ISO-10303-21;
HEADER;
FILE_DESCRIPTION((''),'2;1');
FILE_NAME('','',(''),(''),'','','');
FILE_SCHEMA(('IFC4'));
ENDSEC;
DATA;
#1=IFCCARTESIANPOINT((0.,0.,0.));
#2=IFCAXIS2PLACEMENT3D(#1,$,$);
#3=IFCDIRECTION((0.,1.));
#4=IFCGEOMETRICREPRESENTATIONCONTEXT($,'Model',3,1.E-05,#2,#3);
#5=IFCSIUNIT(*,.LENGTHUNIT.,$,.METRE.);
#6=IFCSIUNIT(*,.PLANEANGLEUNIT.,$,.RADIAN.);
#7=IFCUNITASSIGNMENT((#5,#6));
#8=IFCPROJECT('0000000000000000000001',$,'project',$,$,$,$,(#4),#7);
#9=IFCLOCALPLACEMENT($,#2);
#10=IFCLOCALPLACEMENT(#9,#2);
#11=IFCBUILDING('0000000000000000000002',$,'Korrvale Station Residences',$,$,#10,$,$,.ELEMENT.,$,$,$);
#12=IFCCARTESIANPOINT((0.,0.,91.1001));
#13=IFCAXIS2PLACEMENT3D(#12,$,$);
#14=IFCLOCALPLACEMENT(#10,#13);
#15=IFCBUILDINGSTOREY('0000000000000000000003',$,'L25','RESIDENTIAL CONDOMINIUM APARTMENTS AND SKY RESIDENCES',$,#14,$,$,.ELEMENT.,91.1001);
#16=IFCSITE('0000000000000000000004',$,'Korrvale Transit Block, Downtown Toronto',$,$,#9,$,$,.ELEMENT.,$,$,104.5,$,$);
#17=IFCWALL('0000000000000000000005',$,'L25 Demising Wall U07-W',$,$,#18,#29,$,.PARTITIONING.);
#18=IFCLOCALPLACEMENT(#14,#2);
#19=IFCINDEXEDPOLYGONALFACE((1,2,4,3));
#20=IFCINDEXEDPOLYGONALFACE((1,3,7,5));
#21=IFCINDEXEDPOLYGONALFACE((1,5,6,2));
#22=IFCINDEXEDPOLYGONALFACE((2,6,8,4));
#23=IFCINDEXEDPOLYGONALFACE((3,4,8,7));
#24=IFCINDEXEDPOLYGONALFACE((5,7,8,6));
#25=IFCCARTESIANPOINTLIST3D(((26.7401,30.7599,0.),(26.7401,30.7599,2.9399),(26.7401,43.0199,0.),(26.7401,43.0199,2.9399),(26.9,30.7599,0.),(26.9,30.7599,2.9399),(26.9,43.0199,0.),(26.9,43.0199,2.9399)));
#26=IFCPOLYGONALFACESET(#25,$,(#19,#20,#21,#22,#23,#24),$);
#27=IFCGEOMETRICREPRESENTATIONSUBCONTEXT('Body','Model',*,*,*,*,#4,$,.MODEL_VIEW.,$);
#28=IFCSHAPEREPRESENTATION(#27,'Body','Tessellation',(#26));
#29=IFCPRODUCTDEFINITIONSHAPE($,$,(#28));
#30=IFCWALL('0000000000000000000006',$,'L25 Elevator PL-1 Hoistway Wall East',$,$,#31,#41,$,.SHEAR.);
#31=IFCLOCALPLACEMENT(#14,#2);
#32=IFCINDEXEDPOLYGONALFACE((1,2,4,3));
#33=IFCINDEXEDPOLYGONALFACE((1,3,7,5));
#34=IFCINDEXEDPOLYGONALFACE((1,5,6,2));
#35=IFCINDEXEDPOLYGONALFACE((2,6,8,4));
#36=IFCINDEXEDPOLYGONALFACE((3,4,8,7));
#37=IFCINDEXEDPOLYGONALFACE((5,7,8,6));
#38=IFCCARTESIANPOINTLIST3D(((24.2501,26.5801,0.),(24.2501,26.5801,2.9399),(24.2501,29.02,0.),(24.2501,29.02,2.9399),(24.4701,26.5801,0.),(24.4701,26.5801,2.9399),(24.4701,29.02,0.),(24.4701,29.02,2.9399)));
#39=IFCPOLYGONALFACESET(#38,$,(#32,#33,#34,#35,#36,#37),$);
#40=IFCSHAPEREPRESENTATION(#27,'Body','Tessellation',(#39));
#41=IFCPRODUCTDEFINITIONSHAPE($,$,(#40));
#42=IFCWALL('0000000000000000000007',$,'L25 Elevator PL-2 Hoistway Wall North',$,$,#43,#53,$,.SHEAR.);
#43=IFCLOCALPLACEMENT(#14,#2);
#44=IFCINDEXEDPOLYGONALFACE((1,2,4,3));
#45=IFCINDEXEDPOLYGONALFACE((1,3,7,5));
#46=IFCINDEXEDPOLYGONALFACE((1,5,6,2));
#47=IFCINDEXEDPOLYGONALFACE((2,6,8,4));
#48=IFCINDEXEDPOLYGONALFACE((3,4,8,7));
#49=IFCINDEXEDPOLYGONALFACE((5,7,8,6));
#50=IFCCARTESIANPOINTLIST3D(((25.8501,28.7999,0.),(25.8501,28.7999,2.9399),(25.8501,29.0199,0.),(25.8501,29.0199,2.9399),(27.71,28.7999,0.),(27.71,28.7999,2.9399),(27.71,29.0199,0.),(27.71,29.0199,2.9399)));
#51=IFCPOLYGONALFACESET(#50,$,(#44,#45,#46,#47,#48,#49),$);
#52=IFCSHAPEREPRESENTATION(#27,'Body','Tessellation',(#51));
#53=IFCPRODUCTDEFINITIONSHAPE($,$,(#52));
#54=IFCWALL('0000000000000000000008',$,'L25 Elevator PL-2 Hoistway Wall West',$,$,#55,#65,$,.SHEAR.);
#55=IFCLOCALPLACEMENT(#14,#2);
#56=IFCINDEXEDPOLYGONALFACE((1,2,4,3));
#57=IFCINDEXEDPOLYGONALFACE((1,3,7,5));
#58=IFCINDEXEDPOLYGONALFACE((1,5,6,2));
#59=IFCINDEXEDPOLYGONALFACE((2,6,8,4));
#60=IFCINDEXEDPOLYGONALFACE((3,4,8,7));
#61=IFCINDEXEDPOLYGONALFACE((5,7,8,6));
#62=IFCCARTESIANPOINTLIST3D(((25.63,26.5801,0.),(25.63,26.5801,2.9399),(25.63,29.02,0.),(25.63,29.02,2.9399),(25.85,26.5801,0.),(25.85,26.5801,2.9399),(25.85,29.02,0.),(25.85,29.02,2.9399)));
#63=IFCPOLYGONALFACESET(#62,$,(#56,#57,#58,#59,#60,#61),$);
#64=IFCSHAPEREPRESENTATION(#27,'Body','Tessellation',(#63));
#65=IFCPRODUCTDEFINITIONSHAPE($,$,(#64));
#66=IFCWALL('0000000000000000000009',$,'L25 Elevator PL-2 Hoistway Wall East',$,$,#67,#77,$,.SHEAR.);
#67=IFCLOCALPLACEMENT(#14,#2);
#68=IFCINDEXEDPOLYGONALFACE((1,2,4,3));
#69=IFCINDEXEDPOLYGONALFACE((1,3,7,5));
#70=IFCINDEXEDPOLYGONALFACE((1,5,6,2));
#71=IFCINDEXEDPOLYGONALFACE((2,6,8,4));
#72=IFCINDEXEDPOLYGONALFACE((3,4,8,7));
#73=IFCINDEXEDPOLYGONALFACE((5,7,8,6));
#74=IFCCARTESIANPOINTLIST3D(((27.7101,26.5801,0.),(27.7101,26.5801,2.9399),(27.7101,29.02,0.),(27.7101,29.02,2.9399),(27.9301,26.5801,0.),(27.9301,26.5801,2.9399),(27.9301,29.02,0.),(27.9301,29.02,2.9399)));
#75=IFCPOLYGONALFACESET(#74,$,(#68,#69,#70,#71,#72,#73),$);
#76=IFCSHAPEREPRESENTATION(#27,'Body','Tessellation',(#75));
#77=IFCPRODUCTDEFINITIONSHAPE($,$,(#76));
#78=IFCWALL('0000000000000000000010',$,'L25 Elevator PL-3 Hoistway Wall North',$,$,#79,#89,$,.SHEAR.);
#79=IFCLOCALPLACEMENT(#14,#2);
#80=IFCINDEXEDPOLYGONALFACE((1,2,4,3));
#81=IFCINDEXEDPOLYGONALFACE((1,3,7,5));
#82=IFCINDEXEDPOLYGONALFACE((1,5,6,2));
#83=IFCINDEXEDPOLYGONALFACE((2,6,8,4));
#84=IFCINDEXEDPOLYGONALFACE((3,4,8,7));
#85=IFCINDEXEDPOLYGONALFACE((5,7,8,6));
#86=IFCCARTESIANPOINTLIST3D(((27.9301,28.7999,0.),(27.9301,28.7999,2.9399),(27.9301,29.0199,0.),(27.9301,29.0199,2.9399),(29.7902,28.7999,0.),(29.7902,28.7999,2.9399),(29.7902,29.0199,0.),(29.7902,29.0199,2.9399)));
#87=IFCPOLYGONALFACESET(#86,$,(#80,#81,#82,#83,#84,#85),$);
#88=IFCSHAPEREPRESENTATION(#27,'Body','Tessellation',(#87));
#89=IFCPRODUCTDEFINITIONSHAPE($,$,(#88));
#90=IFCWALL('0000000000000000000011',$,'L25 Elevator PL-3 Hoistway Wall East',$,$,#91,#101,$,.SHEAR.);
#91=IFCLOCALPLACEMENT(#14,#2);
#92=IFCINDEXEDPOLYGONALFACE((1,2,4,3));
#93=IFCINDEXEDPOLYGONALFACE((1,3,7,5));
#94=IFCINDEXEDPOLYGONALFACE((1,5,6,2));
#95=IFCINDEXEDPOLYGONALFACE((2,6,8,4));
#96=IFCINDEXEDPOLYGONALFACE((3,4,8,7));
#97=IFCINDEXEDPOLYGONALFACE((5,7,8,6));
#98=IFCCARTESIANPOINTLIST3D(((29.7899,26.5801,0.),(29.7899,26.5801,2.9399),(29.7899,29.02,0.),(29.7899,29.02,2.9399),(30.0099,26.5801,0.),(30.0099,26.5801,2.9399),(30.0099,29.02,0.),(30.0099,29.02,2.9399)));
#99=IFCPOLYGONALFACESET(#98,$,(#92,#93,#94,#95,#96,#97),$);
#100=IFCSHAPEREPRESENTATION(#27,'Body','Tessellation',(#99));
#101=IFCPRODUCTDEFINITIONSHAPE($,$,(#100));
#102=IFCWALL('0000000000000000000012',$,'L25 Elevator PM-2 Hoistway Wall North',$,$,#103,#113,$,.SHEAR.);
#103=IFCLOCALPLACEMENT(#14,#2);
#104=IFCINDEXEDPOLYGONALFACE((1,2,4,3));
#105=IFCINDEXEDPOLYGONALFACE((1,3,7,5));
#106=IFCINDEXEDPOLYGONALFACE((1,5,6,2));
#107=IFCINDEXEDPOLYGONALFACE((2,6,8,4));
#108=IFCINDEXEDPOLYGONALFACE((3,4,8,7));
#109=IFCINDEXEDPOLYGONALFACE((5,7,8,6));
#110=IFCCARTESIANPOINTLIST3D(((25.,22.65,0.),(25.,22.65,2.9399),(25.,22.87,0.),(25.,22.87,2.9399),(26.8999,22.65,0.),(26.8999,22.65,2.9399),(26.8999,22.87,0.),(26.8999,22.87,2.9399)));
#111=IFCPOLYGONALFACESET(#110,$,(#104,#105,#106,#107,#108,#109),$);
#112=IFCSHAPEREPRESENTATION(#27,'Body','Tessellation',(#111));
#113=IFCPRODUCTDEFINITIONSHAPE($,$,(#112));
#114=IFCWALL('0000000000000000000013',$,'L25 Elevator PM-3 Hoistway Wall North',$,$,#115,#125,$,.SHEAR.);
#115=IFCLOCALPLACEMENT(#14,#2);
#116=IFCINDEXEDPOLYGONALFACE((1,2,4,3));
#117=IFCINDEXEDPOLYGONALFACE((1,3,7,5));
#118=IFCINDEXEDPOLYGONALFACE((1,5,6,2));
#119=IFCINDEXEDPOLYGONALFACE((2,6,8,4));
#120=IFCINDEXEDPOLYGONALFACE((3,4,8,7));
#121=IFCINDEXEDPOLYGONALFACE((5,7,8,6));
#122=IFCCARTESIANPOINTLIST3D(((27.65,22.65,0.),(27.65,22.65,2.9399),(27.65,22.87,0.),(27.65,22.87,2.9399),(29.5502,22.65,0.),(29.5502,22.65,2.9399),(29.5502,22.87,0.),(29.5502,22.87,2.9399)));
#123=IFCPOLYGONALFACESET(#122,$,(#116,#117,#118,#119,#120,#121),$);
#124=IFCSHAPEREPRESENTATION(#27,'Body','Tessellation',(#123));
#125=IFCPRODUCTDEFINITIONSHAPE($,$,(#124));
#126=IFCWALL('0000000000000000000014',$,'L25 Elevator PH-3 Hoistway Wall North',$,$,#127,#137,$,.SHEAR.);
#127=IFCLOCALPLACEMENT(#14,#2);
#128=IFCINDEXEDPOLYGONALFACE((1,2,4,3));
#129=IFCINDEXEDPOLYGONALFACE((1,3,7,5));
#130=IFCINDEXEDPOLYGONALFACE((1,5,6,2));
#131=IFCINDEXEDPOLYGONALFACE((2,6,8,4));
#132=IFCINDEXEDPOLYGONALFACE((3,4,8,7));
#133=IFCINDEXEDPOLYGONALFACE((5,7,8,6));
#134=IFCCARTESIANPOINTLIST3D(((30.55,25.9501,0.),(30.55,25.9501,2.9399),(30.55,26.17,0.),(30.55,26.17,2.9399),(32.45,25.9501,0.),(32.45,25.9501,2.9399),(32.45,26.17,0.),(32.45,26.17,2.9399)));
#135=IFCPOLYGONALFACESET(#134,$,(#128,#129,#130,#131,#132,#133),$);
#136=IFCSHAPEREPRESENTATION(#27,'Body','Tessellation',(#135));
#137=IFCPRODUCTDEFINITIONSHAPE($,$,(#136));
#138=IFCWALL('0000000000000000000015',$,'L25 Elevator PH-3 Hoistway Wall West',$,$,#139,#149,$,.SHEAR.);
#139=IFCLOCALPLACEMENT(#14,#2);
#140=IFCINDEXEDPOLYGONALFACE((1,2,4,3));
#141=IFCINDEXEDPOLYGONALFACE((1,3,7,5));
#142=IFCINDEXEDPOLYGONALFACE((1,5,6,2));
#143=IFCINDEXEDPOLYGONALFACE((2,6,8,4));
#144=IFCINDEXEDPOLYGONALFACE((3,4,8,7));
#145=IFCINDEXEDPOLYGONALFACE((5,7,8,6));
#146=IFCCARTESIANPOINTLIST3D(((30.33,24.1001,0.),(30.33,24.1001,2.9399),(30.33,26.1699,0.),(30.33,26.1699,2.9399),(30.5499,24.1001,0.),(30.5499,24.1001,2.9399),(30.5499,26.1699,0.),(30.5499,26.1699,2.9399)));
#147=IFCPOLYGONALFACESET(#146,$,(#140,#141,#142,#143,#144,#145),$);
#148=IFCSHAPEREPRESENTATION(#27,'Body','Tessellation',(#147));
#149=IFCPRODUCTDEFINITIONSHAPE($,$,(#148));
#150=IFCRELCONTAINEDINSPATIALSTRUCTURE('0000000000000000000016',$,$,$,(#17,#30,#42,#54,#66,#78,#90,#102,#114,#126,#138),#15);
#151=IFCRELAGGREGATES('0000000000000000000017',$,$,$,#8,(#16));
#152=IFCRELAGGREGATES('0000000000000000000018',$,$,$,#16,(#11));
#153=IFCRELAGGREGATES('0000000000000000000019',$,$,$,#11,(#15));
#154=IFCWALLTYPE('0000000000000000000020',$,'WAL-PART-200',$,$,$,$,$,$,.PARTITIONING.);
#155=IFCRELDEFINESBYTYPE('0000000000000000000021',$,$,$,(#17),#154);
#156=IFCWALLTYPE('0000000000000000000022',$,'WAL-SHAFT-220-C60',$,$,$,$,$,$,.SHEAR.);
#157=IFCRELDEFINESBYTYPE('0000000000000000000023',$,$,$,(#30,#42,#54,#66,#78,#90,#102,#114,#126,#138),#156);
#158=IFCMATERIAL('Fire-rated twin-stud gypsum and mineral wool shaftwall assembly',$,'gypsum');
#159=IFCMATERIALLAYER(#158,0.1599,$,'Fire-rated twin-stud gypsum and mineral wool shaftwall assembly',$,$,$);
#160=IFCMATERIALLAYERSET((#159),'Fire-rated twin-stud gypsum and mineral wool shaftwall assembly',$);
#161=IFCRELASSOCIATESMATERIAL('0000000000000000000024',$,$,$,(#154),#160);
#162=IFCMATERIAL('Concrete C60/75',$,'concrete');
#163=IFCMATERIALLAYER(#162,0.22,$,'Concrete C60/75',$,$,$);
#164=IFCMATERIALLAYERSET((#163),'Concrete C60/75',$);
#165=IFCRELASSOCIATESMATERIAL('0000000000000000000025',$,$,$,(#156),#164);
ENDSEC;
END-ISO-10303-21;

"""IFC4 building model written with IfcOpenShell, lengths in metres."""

from ifc_helpers import new_model, si_unit, direction, frame, frame_2d, origin, place, context, subcontext, project, spatial, rectangle, extrude, material, layer, layer_set, type_object, element, save


model = new_model("IFC4")

# Units and contexts
model_context = context("Model", 3, precision=1e-05, world=origin(), true_north=direction((0.0, 1.0)))
body_context = subcontext(model_context, "Body", "Model", "MODEL_VIEW")
ifc_project = project(units=[si_unit("LENGTHUNIT", "METRE"), si_unit("PLANEANGLEUNIT", "RADIAN")], contexts=[model_context])

# Site, building, storey
site_placement = place(None, origin())
site = spatial("IfcSite", under=ifc_project, at=site_placement, Name="Korrvale Transit Block, Downtown Toronto", CompositionType="ELEMENT", RefElevation=104.5)
building_placement = place(site_placement, origin())
building = spatial("IfcBuilding", under=site, at=building_placement, Name="Korrvale Station Residences", CompositionType="ELEMENT")
storey_placement = place(building_placement, frame((0.0, 0.0, 91.1001)))
storey = spatial("IfcBuildingStorey", under=building, at=storey_placement, Name="L25", Description="RESIDENTIAL CONDOMINIUM APARTMENTS AND SKY RESIDENCES", CompositionType="ELEMENT", Elevation=91.1001)

# Shared definitions
ifc_material_1 = material(Name="Concrete C60/75", Category="concrete")

# Shared definitions
ifc_material_2 = material(Name="Fire-rated twin-stud gypsum and mineral wool shaftwall assembly", Category="gypsum")
ifc_layer_1 = layer(ifc_material_2, 0.1599, Name="Fire-rated twin-stud gypsum and mineral wool shaftwall assembly")
ifc_layer_set_1 = layer_set([ifc_layer_1], Name="Fire-rated twin-stud gypsum and mineral wool shaftwall assembly")
wall_type_1 = type_object("IfcWallType", Name="WAL-PART-200", PredefinedType="PARTITIONING", material=ifc_layer_set_1)

# Walls
wall_1_placement = place(storey_placement, frame((26.8201, 30.76, 0.0), z_axis=(0.0, 0.0, 1.0), x_axis=(0.0, 1.0, 0.0)))
element("IfcWall", 1, at=wall_1_placement, inside=storey, type_object=wall_type_1, Name="L25 Demising Wall U07-W", PredefinedType="PARTITIONING", context=body_context, shape_type="SweptSolid", body=[
    extrude(rectangle(XDim=12.26, YDim=0.1599, at=frame_2d((6.1299, 0.0))), origin(), (0.0, 0.0, 1.0), 2.9399),
])
ifc_layer_2 = layer(ifc_material_1, 0.22, Name="Concrete C60/75")
ifc_layer_set_2 = layer_set([ifc_layer_2], Name="Concrete C60/75")
wall_type_2 = type_object("IfcWallType", Name="WAL-SHAFT-220-C60", PredefinedType="SHEAR", material=ifc_layer_set_2)
wall_2_placement = place(storey_placement, frame((24.3601, 26.5801, 0.0), z_axis=(0.0, 0.0, 1.0), x_axis=(0.0, 1.0, 0.0)))
element("IfcWall", 2, at=wall_2_placement, inside=storey, type_object=wall_type_2, Name="L25 Elevator PL-1 Hoistway Wall East", PredefinedType="SHEAR", context=body_context, shape_type="SweptSolid", body=[
    extrude(rectangle(XDim=2.4399, YDim=0.22, at=frame_2d((1.22, 0.0))), origin(), (0.0, 0.0, 1.0), 2.9399),
])

# Walls
wall_3_placement = place(storey_placement, frame((25.8501, 28.9099, 0.0), z_axis=(0.0, 0.0, 1.0), x_axis=(1.0, 0.0, 0.0)))
element("IfcWall", 3, at=wall_3_placement, inside=storey, type_object=wall_type_2, Name="L25 Elevator PL-2 Hoistway Wall North", PredefinedType="SHEAR", context=body_context, shape_type="SweptSolid", body=[
    extrude(rectangle(XDim=1.8599, YDim=0.22, at=frame_2d((0.9299, 0.0))), origin(), (0.0, 0.0, 1.0), 2.9399),
])
for number, where, z_axis, x_axis, name in (
    (4, (25.74, 26.5801, 0.0), (0.0, 0.0, 1.0), (0.0, 1.0, 0.0), "L25 Elevator PL-2 Hoistway Wall West"),
    (5, (27.8201, 26.5801, 0.0), (0.0, 0.0, 1.0), (0.0, 1.0, 0.0), "L25 Elevator PL-2 Hoistway Wall East"),
):
    element("IfcWall", number, at=place(storey_placement, frame(where, z_axis=z_axis, x_axis=x_axis)), inside=storey, type_object=wall_type_2, Name=name, PredefinedType="SHEAR", context=body_context, shape_type="SweptSolid", body=[
        extrude(rectangle(XDim=2.4399, YDim=0.22, at=frame_2d((1.22, 0.0))), origin(), (0.0, 0.0, 1.0), 2.9399),
    ])

# Walls
wall_4_placement = place(storey_placement, frame((27.9299, 28.9099, 0.0), z_axis=(0.0, 0.0, 1.0), x_axis=(1.0, 0.0, 0.0)))
element("IfcWall", 6, at=wall_4_placement, inside=storey, type_object=wall_type_2, Name="L25 Elevator PL-3 Hoistway Wall North", PredefinedType="SHEAR", context=body_context, shape_type="SweptSolid", body=[
    extrude(rectangle(XDim=1.8601, YDim=0.22, at=frame_2d((0.9302, 0.0))), origin(), (0.0, 0.0, 1.0), 2.9399),
])
wall_5_placement = place(storey_placement, frame((29.8999, 26.5801, 0.0), z_axis=(0.0, 0.0, 1.0), x_axis=(0.0, 1.0, 0.0)))
element("IfcWall", 7, at=wall_5_placement, inside=storey, type_object=wall_type_2, Name="L25 Elevator PL-3 Hoistway Wall East", PredefinedType="SHEAR", context=body_context, shape_type="SweptSolid", body=[
    extrude(rectangle(XDim=2.4399, YDim=0.22, at=frame_2d((1.22, 0.0))), origin(), (0.0, 0.0, 1.0), 2.9399),
])
wall_6_placement = place(storey_placement, frame((25.0, 22.76, 0.0), z_axis=(0.0, 0.0, 1.0), x_axis=(1.0, 0.0, 0.0)))
element("IfcWall", 8, at=wall_6_placement, inside=storey, type_object=wall_type_2, Name="L25 Elevator PM-2 Hoistway Wall North", PredefinedType="SHEAR", context=body_context, shape_type="SweptSolid", body=[
    extrude(rectangle(XDim=1.8999, YDim=0.22, at=frame_2d((0.95, 0.0))), origin(), (0.0, 0.0, 1.0), 2.9399),
])
wall_7_placement = place(storey_placement, frame((27.6499, 22.76, 0.0), z_axis=(0.0, 0.0, 1.0), x_axis=(1.0, 0.0, 0.0)))
element("IfcWall", 9, at=wall_7_placement, inside=storey, type_object=wall_type_2, Name="L25 Elevator PM-3 Hoistway Wall North", PredefinedType="SHEAR", context=body_context, shape_type="SweptSolid", body=[
    extrude(rectangle(XDim=1.9001, YDim=0.22, at=frame_2d((0.9502, 0.0))), origin(), (0.0, 0.0, 1.0), 2.9399),
])
wall_8_placement = place(storey_placement, frame((30.55, 26.0601, 0.0), z_axis=(0.0, 0.0, 1.0), x_axis=(1.0, 0.0, 0.0)))
element("IfcWall", 10, at=wall_8_placement, inside=storey, type_object=wall_type_2, Name="L25 Elevator PH-3 Hoistway Wall North", PredefinedType="SHEAR", context=body_context, shape_type="SweptSolid", body=[
    extrude(rectangle(XDim=1.8999, YDim=0.22, at=frame_2d((0.95, 0.0))), origin(), (0.0, 0.0, 1.0), 2.9399),
])
wall_9_placement = place(storey_placement, frame((30.4399, 24.1001, 0.0), z_axis=(0.0, 0.0, 1.0), x_axis=(0.0, 1.0, 0.0)))
element("IfcWall", 11, at=wall_9_placement, inside=storey, type_object=wall_type_2, Name="L25 Elevator PH-3 Hoistway Wall West", PredefinedType="SHEAR", context=body_context, shape_type="SweptSolid", body=[
    extrude(rectangle(XDim=2.0698, YDim=0.22, at=frame_2d((1.0349, 0.0))), origin(), (0.0, 0.0, 1.0), 2.9399),
])

save(model, "model.ifc")
